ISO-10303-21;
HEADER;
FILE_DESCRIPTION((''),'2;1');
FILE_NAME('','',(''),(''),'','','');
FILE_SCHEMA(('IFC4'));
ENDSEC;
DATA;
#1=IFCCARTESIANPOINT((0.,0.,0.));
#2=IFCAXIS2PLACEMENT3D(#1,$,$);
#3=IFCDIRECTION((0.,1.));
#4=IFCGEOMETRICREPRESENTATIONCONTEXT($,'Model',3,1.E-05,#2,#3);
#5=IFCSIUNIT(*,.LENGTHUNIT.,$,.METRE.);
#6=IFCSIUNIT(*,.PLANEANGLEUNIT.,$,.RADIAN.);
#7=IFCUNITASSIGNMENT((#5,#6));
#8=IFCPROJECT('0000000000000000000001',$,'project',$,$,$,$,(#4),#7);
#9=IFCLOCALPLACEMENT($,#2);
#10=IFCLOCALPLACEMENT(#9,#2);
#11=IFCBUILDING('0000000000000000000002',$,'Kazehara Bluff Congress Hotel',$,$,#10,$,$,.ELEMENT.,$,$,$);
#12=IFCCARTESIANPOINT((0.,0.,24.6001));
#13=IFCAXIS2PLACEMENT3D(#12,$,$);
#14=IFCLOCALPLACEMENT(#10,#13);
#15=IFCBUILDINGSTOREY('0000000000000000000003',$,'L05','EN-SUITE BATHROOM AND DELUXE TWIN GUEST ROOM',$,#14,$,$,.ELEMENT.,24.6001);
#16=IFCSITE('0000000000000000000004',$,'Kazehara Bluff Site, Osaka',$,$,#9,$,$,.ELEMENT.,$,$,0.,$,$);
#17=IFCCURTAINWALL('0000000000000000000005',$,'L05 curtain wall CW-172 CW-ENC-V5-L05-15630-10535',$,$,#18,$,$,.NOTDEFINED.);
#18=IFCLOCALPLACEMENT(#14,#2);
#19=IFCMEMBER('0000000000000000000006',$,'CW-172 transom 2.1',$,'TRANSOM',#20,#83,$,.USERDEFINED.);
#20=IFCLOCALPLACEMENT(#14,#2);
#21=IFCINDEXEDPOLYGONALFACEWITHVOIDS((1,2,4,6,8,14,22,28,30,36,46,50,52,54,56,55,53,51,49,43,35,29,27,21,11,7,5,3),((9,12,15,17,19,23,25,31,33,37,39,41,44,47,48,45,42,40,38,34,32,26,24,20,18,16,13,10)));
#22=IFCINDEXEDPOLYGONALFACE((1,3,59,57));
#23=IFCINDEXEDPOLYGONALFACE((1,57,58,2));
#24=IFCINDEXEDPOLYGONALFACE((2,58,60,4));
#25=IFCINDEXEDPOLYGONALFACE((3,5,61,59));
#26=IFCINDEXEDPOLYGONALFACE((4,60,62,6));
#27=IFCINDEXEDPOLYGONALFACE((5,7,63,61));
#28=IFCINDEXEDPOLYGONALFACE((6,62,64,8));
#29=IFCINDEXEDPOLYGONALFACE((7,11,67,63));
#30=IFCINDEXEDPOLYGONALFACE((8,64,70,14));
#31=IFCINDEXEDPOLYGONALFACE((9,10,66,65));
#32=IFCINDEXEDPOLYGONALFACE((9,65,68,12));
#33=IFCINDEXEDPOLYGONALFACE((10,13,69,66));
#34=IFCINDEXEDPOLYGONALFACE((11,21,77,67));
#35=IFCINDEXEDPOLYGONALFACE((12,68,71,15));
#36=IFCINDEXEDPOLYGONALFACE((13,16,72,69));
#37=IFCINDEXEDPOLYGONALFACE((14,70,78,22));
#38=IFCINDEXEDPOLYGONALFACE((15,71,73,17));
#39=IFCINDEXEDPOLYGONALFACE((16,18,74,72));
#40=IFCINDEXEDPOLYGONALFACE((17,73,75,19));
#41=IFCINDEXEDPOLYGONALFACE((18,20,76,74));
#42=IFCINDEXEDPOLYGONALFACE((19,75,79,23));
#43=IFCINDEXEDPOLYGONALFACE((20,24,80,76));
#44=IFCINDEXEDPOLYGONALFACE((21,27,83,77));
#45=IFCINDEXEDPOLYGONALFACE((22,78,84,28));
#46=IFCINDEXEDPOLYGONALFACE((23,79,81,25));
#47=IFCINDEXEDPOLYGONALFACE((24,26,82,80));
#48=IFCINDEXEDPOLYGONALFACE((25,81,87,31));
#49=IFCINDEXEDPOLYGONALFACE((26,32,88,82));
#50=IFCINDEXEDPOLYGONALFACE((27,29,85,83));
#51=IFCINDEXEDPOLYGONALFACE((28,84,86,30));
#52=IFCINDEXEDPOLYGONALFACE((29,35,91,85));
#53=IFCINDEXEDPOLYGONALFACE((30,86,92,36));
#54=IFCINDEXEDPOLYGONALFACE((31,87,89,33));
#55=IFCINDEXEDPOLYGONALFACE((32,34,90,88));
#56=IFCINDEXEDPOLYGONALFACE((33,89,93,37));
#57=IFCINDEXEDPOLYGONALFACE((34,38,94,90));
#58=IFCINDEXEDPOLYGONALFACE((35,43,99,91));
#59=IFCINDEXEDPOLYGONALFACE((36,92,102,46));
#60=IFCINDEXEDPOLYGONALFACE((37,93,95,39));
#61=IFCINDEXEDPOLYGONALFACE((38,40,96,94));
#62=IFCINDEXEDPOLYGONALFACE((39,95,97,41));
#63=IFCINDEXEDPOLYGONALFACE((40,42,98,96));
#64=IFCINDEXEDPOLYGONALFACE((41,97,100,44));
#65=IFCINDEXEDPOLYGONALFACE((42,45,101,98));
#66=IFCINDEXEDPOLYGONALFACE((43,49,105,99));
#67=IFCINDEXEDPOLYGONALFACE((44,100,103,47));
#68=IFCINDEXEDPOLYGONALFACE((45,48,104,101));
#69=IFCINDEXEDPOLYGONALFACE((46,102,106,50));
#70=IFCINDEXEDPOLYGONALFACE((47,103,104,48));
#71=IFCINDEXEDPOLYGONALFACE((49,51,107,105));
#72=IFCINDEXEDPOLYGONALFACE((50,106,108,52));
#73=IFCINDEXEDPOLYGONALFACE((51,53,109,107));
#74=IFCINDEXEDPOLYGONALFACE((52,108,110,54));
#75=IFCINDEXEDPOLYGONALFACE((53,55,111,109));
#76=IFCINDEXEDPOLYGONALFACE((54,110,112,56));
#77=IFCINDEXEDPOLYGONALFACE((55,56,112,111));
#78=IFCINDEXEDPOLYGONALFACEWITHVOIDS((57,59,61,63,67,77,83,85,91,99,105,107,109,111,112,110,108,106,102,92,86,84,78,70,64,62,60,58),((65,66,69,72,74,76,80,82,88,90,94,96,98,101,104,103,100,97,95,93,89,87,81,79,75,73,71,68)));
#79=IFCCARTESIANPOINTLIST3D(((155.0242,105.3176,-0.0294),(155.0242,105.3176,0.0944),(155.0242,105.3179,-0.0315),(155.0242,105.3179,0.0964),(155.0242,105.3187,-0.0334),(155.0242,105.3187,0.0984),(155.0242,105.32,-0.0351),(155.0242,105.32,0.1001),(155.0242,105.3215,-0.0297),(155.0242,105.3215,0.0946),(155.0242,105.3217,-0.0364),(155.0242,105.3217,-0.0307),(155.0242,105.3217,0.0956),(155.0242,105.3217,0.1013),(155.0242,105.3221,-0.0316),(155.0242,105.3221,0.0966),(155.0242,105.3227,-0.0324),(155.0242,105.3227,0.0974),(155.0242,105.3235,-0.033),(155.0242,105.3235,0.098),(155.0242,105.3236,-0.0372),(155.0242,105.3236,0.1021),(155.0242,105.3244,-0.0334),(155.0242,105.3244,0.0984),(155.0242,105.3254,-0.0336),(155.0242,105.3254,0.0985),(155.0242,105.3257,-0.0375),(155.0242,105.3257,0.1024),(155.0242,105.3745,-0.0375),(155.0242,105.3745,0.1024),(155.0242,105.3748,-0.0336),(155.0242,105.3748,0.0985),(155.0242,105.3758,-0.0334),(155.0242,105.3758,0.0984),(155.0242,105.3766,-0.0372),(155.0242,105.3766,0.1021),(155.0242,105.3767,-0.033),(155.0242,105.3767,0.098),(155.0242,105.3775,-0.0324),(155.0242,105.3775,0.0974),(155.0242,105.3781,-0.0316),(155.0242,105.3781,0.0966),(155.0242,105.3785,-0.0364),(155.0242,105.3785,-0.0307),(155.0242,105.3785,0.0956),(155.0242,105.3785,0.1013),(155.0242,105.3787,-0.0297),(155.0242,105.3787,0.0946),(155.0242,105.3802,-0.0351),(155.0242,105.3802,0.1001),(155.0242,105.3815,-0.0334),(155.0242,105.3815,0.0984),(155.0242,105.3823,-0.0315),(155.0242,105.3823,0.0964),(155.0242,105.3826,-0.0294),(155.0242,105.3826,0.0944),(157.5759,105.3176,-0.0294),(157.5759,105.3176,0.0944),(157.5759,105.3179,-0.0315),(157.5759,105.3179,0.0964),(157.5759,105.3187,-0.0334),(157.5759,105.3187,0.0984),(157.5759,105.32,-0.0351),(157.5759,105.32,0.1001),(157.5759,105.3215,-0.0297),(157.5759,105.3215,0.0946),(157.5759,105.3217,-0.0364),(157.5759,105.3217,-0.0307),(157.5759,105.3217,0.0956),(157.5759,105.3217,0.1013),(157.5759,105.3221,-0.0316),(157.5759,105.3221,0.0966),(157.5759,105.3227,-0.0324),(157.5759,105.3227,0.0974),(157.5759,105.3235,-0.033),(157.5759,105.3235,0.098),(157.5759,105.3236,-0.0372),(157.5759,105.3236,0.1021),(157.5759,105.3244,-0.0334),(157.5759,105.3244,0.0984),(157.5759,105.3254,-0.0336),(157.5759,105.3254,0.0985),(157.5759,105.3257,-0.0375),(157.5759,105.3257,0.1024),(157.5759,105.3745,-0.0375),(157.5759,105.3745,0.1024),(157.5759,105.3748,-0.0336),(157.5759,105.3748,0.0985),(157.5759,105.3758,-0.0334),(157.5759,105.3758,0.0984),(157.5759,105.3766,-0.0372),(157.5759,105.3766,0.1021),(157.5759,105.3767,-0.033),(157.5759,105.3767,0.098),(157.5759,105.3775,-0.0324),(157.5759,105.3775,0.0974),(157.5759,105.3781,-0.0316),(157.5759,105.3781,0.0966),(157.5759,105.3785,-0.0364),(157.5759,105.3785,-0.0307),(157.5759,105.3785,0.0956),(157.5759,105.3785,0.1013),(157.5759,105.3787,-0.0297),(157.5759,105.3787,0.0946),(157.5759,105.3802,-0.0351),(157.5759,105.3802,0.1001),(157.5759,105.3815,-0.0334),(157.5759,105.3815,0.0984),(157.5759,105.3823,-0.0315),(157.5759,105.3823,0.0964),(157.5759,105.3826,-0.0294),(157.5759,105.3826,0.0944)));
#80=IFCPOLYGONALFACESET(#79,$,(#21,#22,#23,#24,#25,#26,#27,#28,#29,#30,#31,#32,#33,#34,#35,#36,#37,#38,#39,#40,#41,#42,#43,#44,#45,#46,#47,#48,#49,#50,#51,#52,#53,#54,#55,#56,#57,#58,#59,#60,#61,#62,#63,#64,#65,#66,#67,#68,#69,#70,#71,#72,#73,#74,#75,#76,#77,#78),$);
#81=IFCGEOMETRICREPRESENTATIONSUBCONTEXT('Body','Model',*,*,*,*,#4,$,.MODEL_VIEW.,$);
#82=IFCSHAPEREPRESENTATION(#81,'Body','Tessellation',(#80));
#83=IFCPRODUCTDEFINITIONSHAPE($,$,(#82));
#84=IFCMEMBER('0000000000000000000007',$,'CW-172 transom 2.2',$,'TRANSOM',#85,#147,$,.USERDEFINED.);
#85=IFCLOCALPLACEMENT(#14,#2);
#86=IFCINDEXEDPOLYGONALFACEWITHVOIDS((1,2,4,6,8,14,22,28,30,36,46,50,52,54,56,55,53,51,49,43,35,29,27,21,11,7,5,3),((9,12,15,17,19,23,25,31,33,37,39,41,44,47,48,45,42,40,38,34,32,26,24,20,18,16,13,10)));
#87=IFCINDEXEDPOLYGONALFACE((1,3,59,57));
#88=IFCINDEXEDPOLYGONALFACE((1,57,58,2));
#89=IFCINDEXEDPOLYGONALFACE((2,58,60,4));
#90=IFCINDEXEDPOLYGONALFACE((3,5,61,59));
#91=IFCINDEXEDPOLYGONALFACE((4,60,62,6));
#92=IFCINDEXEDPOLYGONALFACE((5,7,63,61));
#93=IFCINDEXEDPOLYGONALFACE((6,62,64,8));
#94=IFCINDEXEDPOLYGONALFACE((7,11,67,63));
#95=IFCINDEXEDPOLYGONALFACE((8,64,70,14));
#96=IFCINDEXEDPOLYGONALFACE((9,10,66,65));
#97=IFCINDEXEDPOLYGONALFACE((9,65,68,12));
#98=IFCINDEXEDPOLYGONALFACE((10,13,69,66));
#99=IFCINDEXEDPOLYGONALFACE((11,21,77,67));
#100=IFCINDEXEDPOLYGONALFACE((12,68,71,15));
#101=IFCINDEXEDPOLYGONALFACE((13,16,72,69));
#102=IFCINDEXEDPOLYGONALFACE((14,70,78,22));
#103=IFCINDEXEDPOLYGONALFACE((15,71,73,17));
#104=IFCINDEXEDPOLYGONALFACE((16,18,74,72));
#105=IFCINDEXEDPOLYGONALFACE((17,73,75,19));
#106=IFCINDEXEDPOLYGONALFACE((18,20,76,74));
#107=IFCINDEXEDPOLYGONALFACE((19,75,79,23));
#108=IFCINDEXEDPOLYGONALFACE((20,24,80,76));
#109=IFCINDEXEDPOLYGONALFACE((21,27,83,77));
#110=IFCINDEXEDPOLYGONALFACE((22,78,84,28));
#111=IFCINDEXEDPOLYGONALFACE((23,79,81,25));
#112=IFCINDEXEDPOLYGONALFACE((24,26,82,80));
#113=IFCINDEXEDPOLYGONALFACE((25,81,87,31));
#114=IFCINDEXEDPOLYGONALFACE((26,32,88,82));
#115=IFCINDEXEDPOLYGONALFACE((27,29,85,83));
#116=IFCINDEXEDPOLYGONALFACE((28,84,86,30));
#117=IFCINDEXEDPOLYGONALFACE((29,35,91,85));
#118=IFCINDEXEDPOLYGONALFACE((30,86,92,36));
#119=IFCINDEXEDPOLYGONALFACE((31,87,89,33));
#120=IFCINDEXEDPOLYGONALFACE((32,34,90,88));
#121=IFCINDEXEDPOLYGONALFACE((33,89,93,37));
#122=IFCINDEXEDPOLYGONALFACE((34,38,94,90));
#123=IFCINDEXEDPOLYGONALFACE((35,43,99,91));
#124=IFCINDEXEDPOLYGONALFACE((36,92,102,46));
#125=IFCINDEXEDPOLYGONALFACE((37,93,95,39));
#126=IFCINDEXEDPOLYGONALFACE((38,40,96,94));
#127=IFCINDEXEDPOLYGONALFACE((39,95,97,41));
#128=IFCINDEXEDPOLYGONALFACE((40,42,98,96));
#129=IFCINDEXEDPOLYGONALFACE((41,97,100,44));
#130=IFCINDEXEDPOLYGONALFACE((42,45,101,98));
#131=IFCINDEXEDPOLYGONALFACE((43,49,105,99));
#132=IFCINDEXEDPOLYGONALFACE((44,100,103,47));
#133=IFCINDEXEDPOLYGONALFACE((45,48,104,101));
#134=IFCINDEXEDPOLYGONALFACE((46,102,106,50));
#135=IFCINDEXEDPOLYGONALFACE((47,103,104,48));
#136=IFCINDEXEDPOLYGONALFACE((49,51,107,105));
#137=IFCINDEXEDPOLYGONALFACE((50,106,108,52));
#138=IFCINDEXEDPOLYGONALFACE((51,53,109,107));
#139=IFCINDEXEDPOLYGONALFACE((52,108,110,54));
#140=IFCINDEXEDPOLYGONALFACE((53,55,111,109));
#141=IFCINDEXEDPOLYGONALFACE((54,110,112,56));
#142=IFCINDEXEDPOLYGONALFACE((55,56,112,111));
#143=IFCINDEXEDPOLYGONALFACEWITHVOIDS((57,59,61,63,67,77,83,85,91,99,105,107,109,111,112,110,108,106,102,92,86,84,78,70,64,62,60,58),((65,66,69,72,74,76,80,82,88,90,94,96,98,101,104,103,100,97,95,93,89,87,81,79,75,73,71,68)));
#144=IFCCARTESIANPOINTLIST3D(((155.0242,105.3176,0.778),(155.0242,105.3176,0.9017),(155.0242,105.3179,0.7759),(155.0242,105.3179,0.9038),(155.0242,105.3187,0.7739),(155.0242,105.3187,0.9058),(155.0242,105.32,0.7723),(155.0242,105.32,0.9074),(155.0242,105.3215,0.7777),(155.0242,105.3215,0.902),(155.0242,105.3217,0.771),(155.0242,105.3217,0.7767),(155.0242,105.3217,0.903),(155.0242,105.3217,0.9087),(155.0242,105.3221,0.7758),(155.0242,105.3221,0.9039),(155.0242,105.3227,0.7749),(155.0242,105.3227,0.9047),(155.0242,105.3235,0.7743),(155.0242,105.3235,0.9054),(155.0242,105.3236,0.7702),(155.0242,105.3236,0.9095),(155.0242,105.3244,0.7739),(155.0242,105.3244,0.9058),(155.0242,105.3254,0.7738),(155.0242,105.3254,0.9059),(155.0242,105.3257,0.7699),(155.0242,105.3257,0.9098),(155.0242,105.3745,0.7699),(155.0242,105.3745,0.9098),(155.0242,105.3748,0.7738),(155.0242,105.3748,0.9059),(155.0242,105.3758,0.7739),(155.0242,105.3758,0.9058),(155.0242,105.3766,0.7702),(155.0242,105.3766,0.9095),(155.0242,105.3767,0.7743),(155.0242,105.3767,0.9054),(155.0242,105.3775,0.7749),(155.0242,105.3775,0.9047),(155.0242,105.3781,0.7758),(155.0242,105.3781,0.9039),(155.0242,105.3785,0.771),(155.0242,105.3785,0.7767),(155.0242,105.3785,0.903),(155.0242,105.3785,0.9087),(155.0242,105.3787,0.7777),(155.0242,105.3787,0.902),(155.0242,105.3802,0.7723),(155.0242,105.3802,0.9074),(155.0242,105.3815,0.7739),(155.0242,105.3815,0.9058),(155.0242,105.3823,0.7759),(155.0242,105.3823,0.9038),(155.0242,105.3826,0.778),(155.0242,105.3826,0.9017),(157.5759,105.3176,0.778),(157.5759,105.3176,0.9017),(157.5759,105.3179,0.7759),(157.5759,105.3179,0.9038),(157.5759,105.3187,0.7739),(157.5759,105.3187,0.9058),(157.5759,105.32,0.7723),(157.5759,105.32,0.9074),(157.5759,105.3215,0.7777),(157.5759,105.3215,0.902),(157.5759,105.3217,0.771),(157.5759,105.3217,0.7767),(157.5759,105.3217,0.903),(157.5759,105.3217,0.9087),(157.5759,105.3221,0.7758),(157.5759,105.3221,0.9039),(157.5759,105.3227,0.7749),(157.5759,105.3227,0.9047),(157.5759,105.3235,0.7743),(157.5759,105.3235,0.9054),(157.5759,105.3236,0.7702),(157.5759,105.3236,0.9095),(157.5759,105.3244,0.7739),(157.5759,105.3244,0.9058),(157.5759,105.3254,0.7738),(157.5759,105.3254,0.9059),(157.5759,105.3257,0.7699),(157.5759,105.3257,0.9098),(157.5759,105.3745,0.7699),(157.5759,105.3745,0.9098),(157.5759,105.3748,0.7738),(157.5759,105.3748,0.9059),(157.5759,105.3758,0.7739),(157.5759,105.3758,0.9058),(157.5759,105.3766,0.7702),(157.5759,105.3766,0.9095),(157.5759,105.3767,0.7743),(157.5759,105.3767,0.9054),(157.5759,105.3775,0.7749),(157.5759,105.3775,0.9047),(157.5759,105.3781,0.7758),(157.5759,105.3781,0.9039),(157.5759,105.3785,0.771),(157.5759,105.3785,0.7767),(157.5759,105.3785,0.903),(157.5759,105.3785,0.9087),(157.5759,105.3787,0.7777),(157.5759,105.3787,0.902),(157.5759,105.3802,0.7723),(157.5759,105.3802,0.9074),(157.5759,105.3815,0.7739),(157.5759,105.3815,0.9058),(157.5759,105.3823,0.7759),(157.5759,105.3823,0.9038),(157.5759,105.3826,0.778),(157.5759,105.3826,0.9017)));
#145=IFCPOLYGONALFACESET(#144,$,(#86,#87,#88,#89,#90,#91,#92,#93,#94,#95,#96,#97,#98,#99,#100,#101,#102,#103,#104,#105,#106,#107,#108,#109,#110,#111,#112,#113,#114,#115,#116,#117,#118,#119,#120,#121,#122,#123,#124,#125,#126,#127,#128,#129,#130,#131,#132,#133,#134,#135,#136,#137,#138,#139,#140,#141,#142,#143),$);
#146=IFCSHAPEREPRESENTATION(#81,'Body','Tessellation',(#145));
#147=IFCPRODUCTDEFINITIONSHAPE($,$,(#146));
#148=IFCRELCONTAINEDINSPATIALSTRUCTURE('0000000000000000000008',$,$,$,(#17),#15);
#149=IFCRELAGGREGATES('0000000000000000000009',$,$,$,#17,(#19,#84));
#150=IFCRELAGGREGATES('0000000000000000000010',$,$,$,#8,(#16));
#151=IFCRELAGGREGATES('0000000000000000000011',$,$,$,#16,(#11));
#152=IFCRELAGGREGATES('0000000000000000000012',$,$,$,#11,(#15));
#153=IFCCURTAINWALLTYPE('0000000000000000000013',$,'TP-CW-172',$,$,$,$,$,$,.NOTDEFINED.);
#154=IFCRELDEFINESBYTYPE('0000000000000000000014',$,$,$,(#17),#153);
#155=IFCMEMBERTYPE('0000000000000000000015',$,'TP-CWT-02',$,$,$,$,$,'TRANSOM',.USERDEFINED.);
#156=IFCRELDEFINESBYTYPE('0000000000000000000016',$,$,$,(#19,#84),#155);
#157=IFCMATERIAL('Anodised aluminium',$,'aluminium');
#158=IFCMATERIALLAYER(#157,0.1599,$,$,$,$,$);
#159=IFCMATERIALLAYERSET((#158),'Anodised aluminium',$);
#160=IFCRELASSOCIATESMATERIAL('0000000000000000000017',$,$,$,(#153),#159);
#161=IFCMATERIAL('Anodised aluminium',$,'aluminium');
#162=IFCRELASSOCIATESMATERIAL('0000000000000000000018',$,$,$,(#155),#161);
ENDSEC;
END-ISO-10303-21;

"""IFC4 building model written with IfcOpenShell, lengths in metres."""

from ifc_helpers import new_model, si_unit, direction, frame, origin, origin_2d, place, context, subcontext, project, spatial, hollow_rectangle, extrude, material, layer, layer_set, material_profile, profile_set, type_object, element, aggregate, save


model = new_model("IFC4")

# Units and contexts
model_context = context("Model", 3, precision=1e-05, world=origin(), true_north=direction((0.0, 1.0)))
body_context = subcontext(model_context, "Body", "Model", "MODEL_VIEW")
ifc_project = project(units=[si_unit("LENGTHUNIT", "METRE"), si_unit("PLANEANGLEUNIT", "RADIAN")], contexts=[model_context])

# Site, building, storey
site_placement = place(None, origin())
site = spatial("IfcSite", under=ifc_project, at=site_placement, Name="Kazehara Bluff Site, Osaka", CompositionType="ELEMENT", RefElevation=0.0)
building_placement = place(site_placement, origin())
building = spatial("IfcBuilding", under=site, at=building_placement, Name="Kazehara Bluff Congress Hotel", CompositionType="ELEMENT")
storey_placement = place(building_placement, frame((0.0, 0.0, 24.6001)))
storey = spatial("IfcBuildingStorey", under=building, at=storey_placement, Name="L05", Description="EN-SUITE BATHROOM AND DELUXE TWIN GUEST ROOM", CompositionType="ELEMENT", Elevation=24.6001)

# Curtain wall, members
ifc_material_1 = material(Name="Anodised aluminium", Category="aluminium")
ifc_layer_1 = layer(ifc_material_1, 0.1599)
ifc_layer_set_1 = layer_set([ifc_layer_1], Name="Anodised aluminium")
curtain_wall_type = type_object("IfcCurtainWallType", Name="TP-CW-172", PredefinedType="NOTDEFINED", material=ifc_layer_set_1)
curtain_wall_placement = place(storey_placement, origin())
curtain_wall = element("IfcCurtainWall", 1, at=curtain_wall_placement, inside=storey, type_object=curtain_wall_type, Name="L05 curtain wall CW-172 CW-ENC-V5-L05-15630-10535", PredefinedType="NOTDEFINED")
ifc_material_2 = material(Name="Anodised aluminium", Category="aluminium")
ifc_material_profile_1 = material_profile(ifc_material_2, hollow_rectangle(XDim=0.0649, YDim=0.1399, WallThickness=0.0039, InnerFilletRadius=0.0039, OuterFilletRadius=0.0081, at=origin_2d()))
ifc_profile_set_1 = profile_set([ifc_material_profile_1], Name="Anodised aluminium")
member_type_1 = type_object("IfcMemberType", Name="TP-CWT-02", ElementType="TRANSOM", PredefinedType="USERDEFINED", material=ifc_profile_set_1)
member_1_placement = place(storey_placement, frame((155.0242, 105.3501, 0.0325), z_axis=(1.0, 0.0, 0.0), x_axis=(0.0, 1.0, 0.0)))
member_1 = element("IfcMember", 2, at=member_1_placement, type_object=member_type_1, Name="CW-172 transom 2.1", ObjectType="TRANSOM", PredefinedType="USERDEFINED", context=body_context, shape_type="SweptSolid", body=[
    extrude(hollow_rectangle(XDim=0.0649, YDim=0.1399, WallThickness=0.0039, InnerFilletRadius=0.0039, OuterFilletRadius=0.0081, at=origin_2d()), origin(), (0.0, 0.0, 1.0), 2.5518),
])
member_2_placement = place(storey_placement, frame((155.0242, 105.3501, 0.8398), z_axis=(1.0, 0.0, 0.0), x_axis=(0.0, 1.0, 0.0)))
member_2 = element("IfcMember", 3, at=member_2_placement, type_object=member_type_1, Name="CW-172 transom 2.2", ObjectType="TRANSOM", PredefinedType="USERDEFINED", context=body_context, shape_type="SweptSolid", body=[
    extrude(hollow_rectangle(XDim=0.0649, YDim=0.1399, WallThickness=0.0039, InnerFilletRadius=0.0039, OuterFilletRadius=0.0081, at=origin_2d()), origin(), (0.0, 0.0, 1.0), 2.5518),
])

aggregate(curtain_wall, [member_1, member_2])

save(model, "model.ifc")
